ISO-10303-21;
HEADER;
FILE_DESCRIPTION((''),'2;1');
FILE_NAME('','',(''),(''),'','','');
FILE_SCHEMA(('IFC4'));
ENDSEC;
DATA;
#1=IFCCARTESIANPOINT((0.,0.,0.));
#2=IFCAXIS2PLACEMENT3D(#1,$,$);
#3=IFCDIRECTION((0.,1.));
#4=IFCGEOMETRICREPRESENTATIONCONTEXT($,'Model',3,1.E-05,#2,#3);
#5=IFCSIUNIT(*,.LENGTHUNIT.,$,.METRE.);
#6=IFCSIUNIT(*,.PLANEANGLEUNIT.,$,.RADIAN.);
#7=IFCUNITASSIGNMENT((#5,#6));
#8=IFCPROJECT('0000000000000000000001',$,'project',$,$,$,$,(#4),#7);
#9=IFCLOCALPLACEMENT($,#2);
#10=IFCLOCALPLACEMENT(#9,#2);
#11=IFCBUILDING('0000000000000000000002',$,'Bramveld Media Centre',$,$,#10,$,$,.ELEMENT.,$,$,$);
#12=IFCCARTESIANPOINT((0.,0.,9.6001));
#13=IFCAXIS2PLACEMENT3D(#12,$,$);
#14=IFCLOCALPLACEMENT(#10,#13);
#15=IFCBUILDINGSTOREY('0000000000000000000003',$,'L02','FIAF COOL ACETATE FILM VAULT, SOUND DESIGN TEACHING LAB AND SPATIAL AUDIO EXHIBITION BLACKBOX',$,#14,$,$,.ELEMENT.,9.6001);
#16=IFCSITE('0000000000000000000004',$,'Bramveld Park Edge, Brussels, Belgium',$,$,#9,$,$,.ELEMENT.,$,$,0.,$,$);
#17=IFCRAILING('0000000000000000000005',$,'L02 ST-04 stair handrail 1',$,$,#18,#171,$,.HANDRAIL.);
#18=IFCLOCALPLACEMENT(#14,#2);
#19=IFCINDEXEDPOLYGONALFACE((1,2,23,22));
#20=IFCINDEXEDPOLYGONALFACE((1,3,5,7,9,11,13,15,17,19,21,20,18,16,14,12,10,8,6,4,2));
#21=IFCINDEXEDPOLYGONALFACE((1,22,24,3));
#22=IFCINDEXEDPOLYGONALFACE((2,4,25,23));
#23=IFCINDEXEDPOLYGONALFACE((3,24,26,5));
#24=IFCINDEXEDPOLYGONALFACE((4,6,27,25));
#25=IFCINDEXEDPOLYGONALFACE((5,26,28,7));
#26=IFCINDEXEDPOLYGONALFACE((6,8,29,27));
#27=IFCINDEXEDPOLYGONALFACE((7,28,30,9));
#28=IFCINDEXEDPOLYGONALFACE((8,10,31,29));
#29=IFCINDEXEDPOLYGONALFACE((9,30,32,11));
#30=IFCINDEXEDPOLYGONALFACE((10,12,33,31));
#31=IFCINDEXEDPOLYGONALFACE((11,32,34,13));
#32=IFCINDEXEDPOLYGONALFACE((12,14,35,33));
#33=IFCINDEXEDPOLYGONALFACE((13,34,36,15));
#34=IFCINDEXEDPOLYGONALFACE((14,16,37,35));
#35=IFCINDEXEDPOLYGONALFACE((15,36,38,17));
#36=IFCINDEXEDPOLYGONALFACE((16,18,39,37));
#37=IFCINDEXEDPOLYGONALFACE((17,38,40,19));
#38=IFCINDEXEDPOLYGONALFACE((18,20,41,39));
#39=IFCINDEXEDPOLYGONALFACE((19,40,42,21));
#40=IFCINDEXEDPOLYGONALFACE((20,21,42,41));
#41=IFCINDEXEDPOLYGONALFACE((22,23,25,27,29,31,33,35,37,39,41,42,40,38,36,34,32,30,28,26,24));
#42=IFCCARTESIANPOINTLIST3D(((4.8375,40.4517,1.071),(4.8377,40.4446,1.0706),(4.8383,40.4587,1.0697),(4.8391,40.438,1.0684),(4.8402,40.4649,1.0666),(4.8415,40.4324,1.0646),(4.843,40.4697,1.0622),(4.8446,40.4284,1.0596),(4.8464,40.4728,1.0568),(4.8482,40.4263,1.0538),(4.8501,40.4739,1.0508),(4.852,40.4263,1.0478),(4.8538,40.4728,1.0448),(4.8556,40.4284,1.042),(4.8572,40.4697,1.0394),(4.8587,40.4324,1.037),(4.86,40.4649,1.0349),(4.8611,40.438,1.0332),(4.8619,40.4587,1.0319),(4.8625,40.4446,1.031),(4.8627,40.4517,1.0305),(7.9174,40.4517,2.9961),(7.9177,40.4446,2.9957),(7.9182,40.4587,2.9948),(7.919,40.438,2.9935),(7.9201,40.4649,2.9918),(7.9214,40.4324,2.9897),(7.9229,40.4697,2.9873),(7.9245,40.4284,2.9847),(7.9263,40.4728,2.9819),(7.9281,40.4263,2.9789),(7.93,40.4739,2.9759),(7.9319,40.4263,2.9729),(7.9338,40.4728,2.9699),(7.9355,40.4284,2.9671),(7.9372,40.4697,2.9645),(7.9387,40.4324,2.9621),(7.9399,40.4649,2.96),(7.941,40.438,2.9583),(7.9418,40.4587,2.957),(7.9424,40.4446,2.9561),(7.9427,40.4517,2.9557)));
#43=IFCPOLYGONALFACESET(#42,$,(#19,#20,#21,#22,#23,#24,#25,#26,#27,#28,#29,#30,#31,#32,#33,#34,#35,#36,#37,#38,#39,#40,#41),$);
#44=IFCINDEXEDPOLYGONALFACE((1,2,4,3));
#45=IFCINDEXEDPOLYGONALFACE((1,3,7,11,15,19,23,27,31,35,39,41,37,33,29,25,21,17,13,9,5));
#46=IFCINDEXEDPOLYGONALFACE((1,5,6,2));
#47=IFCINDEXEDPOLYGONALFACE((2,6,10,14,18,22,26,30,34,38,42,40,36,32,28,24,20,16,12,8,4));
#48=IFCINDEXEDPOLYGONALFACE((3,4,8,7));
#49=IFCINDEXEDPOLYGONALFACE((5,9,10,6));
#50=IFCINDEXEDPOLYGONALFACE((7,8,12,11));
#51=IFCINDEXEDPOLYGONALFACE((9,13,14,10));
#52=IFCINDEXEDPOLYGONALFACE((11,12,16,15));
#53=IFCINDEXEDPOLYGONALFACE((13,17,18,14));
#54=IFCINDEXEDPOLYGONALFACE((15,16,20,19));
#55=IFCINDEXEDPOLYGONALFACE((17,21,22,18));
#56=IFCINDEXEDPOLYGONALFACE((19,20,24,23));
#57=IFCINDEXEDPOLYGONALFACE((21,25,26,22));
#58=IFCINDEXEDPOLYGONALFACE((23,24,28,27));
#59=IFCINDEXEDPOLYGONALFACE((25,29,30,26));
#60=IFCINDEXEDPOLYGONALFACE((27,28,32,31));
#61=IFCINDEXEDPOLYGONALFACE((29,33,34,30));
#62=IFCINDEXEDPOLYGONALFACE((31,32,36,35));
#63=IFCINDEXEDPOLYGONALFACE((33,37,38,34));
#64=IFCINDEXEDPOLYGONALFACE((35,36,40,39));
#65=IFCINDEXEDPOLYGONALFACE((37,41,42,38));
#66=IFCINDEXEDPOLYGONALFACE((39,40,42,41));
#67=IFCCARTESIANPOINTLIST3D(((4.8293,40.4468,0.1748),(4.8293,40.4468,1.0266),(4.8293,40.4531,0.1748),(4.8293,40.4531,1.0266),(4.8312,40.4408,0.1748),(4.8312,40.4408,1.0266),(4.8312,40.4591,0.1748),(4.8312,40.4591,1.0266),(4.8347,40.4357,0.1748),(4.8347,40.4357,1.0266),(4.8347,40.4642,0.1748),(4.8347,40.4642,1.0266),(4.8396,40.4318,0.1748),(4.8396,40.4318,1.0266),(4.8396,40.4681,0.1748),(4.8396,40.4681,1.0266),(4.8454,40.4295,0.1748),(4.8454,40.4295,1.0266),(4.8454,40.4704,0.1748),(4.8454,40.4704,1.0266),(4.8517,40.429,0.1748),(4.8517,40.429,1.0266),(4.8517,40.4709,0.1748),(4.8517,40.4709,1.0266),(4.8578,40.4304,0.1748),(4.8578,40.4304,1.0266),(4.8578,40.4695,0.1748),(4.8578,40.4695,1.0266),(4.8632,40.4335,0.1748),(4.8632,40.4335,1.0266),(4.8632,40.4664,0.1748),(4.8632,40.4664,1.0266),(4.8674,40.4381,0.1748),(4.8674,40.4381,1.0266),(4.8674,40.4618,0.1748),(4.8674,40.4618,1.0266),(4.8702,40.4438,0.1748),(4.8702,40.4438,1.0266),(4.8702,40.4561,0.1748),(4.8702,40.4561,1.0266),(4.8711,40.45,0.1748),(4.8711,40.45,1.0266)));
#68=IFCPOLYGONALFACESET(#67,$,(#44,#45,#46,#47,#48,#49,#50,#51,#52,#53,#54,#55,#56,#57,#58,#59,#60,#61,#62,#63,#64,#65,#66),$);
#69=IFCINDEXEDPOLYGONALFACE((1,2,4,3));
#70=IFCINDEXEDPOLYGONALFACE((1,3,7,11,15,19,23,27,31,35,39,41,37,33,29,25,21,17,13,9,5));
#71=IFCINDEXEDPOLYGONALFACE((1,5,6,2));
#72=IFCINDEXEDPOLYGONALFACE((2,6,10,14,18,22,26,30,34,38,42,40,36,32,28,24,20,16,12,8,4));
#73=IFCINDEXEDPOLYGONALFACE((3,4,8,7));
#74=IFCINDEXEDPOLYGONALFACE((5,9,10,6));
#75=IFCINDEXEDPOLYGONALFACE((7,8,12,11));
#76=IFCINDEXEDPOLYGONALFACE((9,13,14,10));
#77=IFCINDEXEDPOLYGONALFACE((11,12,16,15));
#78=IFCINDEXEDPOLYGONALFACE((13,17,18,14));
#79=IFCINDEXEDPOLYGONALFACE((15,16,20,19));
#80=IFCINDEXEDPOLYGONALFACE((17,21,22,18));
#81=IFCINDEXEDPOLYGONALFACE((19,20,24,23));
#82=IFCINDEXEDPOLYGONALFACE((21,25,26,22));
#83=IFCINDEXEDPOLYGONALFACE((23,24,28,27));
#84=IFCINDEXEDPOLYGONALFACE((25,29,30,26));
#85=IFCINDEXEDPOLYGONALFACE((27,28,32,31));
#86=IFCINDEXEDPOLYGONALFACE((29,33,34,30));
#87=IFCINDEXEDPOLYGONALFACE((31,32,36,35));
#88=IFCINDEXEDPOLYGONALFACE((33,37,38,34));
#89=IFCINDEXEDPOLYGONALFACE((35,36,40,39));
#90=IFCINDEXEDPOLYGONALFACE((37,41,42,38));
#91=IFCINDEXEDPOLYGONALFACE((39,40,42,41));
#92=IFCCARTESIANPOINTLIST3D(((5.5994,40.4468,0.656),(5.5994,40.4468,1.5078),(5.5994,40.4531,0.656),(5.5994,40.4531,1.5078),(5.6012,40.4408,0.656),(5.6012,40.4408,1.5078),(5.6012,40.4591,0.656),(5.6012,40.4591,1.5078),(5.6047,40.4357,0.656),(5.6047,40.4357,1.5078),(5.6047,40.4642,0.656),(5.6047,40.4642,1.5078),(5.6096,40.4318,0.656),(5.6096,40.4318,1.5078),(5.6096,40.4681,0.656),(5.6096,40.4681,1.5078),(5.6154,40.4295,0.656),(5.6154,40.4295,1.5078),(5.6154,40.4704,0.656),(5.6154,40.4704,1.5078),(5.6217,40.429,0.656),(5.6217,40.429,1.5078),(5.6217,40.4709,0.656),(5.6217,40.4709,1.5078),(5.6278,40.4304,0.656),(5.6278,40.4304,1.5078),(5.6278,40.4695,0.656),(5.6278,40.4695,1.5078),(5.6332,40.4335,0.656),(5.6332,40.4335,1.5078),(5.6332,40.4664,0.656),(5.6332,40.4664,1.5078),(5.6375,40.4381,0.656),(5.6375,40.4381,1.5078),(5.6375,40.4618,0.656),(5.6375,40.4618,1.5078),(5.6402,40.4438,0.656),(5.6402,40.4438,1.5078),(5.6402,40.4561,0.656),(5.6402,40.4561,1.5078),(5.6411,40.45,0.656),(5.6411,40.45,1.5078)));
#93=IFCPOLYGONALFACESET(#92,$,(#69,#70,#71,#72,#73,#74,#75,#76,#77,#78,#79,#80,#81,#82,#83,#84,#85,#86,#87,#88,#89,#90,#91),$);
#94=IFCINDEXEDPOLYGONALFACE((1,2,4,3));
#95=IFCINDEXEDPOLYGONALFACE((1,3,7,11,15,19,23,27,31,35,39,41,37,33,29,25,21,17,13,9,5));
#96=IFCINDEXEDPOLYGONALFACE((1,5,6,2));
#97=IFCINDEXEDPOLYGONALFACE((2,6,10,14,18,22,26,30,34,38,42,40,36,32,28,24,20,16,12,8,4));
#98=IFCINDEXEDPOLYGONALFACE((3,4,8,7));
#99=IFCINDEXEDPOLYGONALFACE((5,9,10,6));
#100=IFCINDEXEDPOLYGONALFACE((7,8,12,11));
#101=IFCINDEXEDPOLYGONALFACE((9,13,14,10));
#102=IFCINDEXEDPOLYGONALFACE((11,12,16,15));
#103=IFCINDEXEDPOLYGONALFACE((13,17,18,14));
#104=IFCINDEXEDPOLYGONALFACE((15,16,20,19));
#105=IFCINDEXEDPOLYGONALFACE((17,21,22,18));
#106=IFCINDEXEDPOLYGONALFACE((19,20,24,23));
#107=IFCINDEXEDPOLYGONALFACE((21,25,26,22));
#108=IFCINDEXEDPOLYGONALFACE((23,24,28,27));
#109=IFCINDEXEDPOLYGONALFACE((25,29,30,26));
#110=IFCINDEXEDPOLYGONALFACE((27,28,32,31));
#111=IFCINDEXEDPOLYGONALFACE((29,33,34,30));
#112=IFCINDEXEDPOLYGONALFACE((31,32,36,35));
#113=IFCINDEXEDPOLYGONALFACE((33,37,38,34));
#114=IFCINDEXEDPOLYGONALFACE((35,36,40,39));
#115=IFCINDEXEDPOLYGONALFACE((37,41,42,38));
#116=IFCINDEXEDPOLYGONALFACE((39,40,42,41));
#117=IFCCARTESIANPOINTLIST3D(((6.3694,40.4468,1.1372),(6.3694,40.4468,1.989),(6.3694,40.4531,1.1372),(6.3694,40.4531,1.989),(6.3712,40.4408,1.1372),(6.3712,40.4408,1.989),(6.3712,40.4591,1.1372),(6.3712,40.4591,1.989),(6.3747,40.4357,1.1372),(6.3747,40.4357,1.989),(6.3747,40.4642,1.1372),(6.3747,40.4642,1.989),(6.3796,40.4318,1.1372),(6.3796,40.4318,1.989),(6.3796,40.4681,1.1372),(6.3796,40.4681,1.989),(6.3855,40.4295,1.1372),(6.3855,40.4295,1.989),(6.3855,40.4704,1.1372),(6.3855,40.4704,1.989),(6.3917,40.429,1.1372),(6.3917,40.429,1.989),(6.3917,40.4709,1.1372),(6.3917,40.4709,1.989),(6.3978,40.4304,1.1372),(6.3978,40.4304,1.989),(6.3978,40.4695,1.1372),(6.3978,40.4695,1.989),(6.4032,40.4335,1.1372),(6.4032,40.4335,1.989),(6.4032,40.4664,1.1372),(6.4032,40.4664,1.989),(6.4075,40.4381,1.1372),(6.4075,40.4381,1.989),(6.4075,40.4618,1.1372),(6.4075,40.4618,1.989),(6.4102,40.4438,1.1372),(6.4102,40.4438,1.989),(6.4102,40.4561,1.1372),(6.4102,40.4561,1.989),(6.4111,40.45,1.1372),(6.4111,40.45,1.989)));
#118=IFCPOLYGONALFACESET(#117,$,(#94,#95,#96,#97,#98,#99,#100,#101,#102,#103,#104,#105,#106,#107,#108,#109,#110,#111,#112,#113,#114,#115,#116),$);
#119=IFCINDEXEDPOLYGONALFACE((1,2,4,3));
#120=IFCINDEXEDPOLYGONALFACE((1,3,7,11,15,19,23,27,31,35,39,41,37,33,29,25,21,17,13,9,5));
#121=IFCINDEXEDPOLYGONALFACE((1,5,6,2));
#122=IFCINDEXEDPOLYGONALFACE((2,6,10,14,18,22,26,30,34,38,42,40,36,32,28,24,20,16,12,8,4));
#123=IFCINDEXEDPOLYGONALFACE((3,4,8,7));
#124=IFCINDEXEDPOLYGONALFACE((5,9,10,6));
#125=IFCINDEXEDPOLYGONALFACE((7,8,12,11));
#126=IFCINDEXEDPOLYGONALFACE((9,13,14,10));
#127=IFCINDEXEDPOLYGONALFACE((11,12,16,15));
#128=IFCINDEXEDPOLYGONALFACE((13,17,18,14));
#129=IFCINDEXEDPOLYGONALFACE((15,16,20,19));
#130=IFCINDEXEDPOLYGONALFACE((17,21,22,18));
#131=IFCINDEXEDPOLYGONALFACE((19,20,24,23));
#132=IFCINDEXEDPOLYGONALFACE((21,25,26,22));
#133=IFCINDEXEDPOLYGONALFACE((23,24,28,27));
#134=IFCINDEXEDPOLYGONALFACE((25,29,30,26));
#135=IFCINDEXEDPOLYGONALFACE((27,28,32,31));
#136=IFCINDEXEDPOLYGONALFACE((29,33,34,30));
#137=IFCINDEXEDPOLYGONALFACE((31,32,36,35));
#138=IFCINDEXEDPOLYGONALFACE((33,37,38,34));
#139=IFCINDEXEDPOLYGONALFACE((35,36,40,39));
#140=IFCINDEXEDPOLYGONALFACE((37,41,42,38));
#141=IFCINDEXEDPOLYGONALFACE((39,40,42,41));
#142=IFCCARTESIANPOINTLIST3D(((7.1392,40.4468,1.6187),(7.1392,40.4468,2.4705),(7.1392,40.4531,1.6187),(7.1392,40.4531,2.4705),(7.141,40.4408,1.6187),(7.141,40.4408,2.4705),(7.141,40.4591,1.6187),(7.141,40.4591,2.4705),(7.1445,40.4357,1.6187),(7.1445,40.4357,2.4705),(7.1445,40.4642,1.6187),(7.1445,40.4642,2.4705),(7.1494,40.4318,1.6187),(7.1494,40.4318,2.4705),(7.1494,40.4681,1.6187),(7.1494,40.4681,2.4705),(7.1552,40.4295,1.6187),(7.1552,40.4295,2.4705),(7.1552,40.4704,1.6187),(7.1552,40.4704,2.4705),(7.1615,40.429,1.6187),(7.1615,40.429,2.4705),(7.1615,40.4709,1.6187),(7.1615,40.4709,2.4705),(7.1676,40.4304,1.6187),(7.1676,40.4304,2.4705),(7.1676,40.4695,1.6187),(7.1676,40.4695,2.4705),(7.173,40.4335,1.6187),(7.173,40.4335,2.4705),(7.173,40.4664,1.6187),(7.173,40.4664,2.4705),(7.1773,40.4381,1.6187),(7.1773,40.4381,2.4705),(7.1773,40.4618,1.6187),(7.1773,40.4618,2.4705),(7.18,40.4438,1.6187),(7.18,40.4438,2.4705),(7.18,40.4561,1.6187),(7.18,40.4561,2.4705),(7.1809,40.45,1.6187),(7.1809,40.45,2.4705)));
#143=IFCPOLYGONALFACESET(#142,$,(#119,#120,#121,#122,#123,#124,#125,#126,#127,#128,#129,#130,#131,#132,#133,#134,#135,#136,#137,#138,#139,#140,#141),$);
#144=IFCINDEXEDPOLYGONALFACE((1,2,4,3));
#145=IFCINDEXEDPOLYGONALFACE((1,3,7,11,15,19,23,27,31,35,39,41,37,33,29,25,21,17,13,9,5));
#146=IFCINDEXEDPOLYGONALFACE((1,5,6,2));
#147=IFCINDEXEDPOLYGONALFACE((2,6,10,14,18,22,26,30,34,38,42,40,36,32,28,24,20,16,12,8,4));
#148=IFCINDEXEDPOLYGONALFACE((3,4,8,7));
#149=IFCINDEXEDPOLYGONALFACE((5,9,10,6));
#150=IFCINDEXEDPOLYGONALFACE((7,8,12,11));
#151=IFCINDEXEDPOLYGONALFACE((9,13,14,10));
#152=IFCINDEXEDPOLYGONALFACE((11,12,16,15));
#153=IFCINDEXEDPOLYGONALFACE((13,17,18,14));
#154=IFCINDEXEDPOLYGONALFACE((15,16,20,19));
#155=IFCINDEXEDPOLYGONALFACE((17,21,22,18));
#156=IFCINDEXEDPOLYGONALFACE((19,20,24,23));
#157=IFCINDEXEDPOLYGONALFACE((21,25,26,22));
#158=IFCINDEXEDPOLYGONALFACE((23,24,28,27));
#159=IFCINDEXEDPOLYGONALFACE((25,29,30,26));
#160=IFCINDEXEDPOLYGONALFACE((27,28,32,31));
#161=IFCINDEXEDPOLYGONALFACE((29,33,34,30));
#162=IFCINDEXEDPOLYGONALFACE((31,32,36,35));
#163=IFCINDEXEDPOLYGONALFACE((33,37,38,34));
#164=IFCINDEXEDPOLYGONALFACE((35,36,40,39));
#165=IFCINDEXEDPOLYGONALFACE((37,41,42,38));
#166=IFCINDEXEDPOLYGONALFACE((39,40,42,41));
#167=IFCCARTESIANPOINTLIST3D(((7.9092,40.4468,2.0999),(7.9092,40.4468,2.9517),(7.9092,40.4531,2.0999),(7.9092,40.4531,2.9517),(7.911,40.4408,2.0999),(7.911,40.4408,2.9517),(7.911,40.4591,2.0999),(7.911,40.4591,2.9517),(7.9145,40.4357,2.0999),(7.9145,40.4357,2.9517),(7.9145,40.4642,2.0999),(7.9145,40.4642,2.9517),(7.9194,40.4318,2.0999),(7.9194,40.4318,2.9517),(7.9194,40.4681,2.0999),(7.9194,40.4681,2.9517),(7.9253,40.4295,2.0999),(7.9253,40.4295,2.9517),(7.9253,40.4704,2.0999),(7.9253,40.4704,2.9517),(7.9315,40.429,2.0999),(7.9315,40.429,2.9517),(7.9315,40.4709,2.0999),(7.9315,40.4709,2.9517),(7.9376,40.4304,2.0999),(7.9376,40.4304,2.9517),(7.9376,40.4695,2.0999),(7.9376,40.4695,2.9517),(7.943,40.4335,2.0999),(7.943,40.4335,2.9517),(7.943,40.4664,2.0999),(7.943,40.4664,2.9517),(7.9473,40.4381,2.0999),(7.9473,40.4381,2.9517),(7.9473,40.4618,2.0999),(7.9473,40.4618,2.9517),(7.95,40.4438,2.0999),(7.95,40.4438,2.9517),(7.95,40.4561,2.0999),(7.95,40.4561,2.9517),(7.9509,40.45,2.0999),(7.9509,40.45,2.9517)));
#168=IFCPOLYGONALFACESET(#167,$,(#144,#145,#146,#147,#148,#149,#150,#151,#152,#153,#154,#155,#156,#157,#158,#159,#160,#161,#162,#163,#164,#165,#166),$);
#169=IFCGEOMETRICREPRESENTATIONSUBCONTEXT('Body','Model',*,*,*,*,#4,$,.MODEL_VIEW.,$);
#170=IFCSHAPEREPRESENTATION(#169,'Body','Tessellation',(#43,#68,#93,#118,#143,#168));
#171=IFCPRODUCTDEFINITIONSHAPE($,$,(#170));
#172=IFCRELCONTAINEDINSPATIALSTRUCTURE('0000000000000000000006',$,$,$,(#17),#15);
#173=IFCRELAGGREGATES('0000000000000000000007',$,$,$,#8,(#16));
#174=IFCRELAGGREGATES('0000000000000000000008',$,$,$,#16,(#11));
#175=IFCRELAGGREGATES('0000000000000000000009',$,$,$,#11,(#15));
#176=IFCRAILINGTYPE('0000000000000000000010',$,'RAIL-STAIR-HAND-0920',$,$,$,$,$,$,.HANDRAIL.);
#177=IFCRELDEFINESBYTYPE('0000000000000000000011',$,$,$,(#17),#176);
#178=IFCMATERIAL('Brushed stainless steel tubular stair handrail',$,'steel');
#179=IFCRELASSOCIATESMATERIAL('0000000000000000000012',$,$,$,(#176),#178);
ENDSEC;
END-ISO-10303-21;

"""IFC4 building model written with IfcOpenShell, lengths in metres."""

from ifc_helpers import new_model, si_unit, direction, frame, origin, origin_2d, place, context, subcontext, project, spatial, circle, extrude, material, type_object, element, save


model = new_model("IFC4")

# Units and contexts
model_context = context("Model", 3, precision=1e-05, world=origin(), true_north=direction((0.0, 1.0)))
body_context = subcontext(model_context, "Body", "Model", "MODEL_VIEW")
ifc_project = project(units=[si_unit("LENGTHUNIT", "METRE"), si_unit("PLANEANGLEUNIT", "RADIAN")], contexts=[model_context])

# Site, building, storey
site_placement = place(None, origin())
site = spatial("IfcSite", under=ifc_project, at=site_placement, Name="Bramveld Park Edge, Brussels, Belgium", CompositionType="ELEMENT", RefElevation=0.0)
building_placement = place(site_placement, origin())
building = spatial("IfcBuilding", under=site, at=building_placement, Name="Bramveld Media Centre", CompositionType="ELEMENT")
storey_placement = place(building_placement, frame((0.0, 0.0, 9.6001)))
storey = spatial("IfcBuildingStorey", under=building, at=storey_placement, Name="L02", Description="FIAF COOL ACETATE FILM VAULT, SOUND DESIGN TEACHING LAB AND SPATIAL AUDIO EXHIBITION BLACKBOX", CompositionType="ELEMENT", Elevation=9.6001)

# Railing
ifc_material_1 = material(Name="Brushed stainless steel tubular stair handrail", Category="steel")
railing_type_1 = type_object("IfcRailingType", Name="RAIL-STAIR-HAND-0920", PredefinedType="HANDRAIL", material=ifc_material_1)
railing_1_placement = place(storey_placement, frame((4.8501, 40.45, 0.1748)))
element("IfcRailing", 1, at=railing_1_placement, inside=storey, type_object=railing_type_1, Name="L02 ST-04 stair handrail 1", PredefinedType="HANDRAIL", context=body_context, shape_type="SweptSolid", body=[
    extrude(circle(Radius=0.0239, at=origin_2d()), frame((0.0, 0.0, 0.876), z_axis=(0.847979, 0.0, 0.530029), x_axis=(0.0, 1.0, 0.0)), (0.0, 0.0, 1.0), 3.6321),
    extrude(circle(Radius=0.021, at=origin_2d()), origin(), (0.0, 0.0, 1.0), 0.8518),
    extrude(circle(Radius=0.021, at=origin_2d()), frame((0.77, 0.0, 0.4812)), (0.0, 0.0, 1.0), 0.8518),
    extrude(circle(Radius=0.021, at=origin_2d()), frame((1.54, 0.0, 0.9624)), (0.0, 0.0, 1.0), 0.8518),
    extrude(circle(Radius=0.021, at=origin_2d()), frame((2.3098, 0.0, 1.4438)), (0.0, 0.0, 1.0), 0.8518),
    extrude(circle(Radius=0.021, at=origin_2d()), frame((3.0798, 0.0, 1.925)), (0.0, 0.0, 1.0), 0.8518),
])

save(model, "model.ifc")
